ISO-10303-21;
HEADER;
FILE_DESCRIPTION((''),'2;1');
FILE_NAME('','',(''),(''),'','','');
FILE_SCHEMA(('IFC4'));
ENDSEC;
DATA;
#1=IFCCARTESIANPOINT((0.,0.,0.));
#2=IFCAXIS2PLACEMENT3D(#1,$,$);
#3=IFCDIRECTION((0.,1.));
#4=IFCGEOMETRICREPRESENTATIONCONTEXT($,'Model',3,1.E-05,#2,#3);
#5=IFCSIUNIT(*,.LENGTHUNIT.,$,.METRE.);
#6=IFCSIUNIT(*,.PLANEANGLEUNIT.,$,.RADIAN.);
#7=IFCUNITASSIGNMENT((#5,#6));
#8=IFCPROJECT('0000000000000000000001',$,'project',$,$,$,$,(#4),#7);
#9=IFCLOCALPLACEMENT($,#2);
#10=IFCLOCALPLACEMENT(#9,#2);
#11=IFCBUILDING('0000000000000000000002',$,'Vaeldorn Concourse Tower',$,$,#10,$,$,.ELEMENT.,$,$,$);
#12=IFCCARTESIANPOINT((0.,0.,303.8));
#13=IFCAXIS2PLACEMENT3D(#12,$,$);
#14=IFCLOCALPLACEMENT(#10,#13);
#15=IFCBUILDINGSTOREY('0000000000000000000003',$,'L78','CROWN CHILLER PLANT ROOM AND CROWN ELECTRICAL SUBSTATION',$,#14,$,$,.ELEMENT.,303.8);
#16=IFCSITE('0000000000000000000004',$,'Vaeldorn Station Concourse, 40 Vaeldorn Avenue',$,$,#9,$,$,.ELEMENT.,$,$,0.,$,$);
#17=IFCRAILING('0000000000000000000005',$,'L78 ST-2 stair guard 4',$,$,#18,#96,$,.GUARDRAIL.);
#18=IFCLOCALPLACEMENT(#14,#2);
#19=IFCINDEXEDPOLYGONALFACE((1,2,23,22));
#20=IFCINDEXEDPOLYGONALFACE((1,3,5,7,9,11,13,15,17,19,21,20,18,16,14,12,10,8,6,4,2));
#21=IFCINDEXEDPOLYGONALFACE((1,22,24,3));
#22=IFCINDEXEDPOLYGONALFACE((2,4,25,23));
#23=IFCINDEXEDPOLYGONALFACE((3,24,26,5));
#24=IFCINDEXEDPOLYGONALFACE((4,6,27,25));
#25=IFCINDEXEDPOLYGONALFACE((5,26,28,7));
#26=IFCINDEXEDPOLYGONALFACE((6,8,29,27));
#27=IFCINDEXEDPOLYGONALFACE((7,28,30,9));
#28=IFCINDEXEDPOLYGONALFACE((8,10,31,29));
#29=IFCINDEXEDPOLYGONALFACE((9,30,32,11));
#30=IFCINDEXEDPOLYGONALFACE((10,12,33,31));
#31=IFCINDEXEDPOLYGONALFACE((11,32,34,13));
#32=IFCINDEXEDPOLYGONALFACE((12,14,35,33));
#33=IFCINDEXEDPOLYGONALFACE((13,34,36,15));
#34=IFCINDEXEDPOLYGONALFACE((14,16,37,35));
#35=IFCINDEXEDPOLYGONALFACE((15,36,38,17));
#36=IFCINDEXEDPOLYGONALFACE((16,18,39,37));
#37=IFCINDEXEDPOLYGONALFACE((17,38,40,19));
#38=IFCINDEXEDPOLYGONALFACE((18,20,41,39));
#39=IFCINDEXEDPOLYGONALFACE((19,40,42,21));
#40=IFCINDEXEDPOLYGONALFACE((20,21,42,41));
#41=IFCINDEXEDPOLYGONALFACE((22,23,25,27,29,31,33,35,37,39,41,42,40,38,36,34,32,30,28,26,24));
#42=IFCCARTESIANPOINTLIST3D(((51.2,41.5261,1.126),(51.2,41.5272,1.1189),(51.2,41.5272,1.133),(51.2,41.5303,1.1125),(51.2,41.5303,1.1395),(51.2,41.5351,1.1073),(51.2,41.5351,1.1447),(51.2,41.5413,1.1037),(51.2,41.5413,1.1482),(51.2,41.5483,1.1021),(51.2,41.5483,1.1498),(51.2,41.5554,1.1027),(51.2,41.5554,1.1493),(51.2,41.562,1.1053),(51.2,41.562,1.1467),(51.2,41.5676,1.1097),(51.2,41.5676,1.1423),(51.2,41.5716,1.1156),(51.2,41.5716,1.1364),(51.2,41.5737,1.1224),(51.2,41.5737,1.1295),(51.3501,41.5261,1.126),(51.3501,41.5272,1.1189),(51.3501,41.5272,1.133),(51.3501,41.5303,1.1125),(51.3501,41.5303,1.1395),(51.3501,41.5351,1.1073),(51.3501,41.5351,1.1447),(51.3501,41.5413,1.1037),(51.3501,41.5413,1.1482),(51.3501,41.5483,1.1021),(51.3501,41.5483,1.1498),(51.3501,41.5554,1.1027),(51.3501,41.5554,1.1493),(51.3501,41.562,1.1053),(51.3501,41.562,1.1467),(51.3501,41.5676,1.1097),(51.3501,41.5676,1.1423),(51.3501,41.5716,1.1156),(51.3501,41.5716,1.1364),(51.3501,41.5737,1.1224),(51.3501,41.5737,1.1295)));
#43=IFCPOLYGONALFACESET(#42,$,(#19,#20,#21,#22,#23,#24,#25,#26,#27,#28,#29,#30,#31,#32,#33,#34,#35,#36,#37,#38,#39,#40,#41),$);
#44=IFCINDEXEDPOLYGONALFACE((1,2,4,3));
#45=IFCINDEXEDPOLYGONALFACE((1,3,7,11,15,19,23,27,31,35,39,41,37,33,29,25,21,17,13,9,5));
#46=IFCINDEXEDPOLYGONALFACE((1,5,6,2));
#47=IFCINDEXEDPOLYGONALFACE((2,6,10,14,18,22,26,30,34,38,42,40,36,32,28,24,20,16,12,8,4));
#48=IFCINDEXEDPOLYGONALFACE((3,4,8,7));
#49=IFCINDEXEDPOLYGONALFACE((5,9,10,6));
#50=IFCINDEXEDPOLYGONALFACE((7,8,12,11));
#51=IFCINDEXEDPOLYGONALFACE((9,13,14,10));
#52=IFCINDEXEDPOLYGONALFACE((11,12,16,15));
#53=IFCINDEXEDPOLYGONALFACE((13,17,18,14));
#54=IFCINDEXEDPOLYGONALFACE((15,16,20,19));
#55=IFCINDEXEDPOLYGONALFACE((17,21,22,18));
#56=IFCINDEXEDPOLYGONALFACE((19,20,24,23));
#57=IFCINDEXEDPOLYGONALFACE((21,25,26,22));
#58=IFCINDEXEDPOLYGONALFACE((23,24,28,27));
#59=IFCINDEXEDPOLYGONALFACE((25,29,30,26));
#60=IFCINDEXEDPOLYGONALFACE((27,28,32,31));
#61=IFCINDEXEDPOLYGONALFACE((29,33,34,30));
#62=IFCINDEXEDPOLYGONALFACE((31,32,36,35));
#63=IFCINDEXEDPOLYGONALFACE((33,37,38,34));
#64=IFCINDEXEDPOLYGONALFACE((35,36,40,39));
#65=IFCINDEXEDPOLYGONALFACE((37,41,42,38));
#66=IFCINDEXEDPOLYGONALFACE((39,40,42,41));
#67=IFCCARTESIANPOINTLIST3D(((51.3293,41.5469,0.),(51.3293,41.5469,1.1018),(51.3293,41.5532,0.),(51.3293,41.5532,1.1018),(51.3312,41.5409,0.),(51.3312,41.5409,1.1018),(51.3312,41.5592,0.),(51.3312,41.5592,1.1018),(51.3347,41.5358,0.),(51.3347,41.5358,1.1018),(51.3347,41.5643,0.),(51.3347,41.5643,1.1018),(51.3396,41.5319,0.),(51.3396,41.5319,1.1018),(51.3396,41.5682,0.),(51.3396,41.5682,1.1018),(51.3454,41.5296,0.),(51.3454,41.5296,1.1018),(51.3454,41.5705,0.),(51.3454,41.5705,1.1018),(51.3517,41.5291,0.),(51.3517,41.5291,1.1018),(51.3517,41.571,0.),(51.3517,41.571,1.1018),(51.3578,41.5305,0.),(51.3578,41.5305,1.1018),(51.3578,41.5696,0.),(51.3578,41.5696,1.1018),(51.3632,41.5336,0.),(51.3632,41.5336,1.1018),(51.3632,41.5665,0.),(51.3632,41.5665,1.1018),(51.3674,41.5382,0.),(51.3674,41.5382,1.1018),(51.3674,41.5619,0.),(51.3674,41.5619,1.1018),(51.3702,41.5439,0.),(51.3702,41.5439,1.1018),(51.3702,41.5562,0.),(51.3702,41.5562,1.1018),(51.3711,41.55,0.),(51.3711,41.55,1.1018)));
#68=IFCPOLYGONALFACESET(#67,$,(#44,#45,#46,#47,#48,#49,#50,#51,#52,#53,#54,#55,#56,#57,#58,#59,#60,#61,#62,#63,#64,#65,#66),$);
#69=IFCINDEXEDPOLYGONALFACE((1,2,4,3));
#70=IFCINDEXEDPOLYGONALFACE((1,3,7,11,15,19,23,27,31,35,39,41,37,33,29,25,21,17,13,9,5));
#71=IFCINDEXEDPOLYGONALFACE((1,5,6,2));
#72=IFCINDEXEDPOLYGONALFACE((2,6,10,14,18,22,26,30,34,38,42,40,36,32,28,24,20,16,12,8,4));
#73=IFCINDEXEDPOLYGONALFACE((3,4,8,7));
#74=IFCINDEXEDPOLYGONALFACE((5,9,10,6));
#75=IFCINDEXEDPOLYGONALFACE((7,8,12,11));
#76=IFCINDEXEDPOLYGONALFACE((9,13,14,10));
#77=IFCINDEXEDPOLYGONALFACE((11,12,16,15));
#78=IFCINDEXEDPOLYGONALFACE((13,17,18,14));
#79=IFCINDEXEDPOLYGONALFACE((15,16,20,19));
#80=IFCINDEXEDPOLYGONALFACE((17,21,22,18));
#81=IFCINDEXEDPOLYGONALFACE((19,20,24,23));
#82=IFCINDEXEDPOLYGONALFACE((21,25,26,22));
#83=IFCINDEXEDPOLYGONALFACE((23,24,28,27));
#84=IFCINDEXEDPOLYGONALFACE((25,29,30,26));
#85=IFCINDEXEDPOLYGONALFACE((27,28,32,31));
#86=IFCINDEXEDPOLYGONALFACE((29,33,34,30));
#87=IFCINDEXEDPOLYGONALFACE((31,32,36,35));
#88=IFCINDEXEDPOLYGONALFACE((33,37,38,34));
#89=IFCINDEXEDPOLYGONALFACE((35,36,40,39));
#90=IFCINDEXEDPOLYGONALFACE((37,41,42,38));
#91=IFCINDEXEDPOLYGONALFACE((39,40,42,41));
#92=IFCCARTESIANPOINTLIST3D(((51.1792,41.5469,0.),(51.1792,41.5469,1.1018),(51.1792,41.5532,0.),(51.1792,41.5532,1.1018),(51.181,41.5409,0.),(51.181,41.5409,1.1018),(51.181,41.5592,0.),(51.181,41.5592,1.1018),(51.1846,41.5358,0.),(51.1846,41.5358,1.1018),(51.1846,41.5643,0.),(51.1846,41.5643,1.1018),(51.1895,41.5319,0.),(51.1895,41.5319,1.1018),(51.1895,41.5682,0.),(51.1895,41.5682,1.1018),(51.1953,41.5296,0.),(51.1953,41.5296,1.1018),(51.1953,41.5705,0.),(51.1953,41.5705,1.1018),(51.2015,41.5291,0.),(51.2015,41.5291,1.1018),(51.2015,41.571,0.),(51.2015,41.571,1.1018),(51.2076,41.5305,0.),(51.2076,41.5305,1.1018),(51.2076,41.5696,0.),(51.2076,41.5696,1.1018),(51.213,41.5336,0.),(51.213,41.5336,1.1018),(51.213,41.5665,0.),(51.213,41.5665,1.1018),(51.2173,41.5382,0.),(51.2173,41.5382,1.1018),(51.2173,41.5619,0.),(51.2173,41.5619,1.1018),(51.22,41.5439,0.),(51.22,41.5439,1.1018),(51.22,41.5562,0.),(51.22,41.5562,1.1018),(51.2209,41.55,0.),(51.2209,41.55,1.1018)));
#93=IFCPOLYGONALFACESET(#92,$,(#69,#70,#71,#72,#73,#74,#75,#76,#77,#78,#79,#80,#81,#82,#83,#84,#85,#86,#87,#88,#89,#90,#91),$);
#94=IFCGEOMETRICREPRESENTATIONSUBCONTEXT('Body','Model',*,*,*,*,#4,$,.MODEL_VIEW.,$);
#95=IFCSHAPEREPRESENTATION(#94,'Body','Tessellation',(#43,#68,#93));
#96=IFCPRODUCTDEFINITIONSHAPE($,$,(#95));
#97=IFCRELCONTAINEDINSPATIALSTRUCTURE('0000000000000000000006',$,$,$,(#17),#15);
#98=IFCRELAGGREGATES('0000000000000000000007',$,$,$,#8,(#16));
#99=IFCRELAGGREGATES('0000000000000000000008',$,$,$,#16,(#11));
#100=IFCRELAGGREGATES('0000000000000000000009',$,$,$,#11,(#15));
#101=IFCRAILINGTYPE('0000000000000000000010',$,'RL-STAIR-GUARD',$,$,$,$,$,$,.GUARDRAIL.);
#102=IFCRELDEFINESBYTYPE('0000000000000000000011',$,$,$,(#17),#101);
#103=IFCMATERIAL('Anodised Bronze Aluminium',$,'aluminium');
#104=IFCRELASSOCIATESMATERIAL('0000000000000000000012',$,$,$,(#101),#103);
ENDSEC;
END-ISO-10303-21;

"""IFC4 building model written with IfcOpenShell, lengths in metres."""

from ifc_helpers import new_model, si_unit, direction, frame, origin, origin_2d, place, context, subcontext, project, spatial, circle, extrude, material, type_object, element, save


model = new_model("IFC4")

# Units and contexts
model_context = context("Model", 3, precision=1e-05, world=origin(), true_north=direction((0.0, 1.0)))
body_context = subcontext(model_context, "Body", "Model", "MODEL_VIEW")
ifc_project = project(units=[si_unit("LENGTHUNIT", "METRE"), si_unit("PLANEANGLEUNIT", "RADIAN")], contexts=[model_context])

# Site, building, storey
site_placement = place(None, origin())
site = spatial("IfcSite", under=ifc_project, at=site_placement, Name="Vaeldorn Station Concourse, 40 Vaeldorn Avenue", CompositionType="ELEMENT", RefElevation=0.0)
building_placement = place(site_placement, origin())
building = spatial("IfcBuilding", under=site, at=building_placement, Name="Vaeldorn Concourse Tower", CompositionType="ELEMENT")
storey_placement = place(building_placement, frame((0.0, 0.0, 303.8)))
storey = spatial("IfcBuildingStorey", under=building, at=storey_placement, Name="L78", Description="CROWN CHILLER PLANT ROOM AND CROWN ELECTRICAL SUBSTATION", CompositionType="ELEMENT", Elevation=303.8)

# Shared definitions
ifc_material_1 = material(Name="Anodised Bronze Aluminium", Category="aluminium")

# Railing
railing_type_1 = type_object("IfcRailingType", Name="RL-STAIR-GUARD", PredefinedType="GUARDRAIL", material=ifc_material_1)
railing_1_placement = place(storey_placement, frame((51.3501, 41.55, 0.0)))
element("IfcRailing", 1, at=railing_1_placement, inside=storey, type_object=railing_type_1, Name="L78 ST-2 stair guard 4", PredefinedType="GUARDRAIL", context=body_context, shape_type="SweptSolid", body=[
    extrude(circle(Radius=0.0239, at=origin_2d()), frame((0.0, 0.0, 1.126), z_axis=(-1.0, 0.0, 0.0), x_axis=(0.0, -1.0, 0.0)), (0.0, 0.0, 1.0), 0.1501),
    extrude(circle(Radius=0.021, at=origin_2d()), origin(), (0.0, 0.0, 1.0), 1.1018),
    extrude(circle(Radius=0.021, at=origin_2d()), frame((-0.1501, 0.0, 0.0)), (0.0, 0.0, 1.0), 1.1018),
])

save(model, "model.ifc")
